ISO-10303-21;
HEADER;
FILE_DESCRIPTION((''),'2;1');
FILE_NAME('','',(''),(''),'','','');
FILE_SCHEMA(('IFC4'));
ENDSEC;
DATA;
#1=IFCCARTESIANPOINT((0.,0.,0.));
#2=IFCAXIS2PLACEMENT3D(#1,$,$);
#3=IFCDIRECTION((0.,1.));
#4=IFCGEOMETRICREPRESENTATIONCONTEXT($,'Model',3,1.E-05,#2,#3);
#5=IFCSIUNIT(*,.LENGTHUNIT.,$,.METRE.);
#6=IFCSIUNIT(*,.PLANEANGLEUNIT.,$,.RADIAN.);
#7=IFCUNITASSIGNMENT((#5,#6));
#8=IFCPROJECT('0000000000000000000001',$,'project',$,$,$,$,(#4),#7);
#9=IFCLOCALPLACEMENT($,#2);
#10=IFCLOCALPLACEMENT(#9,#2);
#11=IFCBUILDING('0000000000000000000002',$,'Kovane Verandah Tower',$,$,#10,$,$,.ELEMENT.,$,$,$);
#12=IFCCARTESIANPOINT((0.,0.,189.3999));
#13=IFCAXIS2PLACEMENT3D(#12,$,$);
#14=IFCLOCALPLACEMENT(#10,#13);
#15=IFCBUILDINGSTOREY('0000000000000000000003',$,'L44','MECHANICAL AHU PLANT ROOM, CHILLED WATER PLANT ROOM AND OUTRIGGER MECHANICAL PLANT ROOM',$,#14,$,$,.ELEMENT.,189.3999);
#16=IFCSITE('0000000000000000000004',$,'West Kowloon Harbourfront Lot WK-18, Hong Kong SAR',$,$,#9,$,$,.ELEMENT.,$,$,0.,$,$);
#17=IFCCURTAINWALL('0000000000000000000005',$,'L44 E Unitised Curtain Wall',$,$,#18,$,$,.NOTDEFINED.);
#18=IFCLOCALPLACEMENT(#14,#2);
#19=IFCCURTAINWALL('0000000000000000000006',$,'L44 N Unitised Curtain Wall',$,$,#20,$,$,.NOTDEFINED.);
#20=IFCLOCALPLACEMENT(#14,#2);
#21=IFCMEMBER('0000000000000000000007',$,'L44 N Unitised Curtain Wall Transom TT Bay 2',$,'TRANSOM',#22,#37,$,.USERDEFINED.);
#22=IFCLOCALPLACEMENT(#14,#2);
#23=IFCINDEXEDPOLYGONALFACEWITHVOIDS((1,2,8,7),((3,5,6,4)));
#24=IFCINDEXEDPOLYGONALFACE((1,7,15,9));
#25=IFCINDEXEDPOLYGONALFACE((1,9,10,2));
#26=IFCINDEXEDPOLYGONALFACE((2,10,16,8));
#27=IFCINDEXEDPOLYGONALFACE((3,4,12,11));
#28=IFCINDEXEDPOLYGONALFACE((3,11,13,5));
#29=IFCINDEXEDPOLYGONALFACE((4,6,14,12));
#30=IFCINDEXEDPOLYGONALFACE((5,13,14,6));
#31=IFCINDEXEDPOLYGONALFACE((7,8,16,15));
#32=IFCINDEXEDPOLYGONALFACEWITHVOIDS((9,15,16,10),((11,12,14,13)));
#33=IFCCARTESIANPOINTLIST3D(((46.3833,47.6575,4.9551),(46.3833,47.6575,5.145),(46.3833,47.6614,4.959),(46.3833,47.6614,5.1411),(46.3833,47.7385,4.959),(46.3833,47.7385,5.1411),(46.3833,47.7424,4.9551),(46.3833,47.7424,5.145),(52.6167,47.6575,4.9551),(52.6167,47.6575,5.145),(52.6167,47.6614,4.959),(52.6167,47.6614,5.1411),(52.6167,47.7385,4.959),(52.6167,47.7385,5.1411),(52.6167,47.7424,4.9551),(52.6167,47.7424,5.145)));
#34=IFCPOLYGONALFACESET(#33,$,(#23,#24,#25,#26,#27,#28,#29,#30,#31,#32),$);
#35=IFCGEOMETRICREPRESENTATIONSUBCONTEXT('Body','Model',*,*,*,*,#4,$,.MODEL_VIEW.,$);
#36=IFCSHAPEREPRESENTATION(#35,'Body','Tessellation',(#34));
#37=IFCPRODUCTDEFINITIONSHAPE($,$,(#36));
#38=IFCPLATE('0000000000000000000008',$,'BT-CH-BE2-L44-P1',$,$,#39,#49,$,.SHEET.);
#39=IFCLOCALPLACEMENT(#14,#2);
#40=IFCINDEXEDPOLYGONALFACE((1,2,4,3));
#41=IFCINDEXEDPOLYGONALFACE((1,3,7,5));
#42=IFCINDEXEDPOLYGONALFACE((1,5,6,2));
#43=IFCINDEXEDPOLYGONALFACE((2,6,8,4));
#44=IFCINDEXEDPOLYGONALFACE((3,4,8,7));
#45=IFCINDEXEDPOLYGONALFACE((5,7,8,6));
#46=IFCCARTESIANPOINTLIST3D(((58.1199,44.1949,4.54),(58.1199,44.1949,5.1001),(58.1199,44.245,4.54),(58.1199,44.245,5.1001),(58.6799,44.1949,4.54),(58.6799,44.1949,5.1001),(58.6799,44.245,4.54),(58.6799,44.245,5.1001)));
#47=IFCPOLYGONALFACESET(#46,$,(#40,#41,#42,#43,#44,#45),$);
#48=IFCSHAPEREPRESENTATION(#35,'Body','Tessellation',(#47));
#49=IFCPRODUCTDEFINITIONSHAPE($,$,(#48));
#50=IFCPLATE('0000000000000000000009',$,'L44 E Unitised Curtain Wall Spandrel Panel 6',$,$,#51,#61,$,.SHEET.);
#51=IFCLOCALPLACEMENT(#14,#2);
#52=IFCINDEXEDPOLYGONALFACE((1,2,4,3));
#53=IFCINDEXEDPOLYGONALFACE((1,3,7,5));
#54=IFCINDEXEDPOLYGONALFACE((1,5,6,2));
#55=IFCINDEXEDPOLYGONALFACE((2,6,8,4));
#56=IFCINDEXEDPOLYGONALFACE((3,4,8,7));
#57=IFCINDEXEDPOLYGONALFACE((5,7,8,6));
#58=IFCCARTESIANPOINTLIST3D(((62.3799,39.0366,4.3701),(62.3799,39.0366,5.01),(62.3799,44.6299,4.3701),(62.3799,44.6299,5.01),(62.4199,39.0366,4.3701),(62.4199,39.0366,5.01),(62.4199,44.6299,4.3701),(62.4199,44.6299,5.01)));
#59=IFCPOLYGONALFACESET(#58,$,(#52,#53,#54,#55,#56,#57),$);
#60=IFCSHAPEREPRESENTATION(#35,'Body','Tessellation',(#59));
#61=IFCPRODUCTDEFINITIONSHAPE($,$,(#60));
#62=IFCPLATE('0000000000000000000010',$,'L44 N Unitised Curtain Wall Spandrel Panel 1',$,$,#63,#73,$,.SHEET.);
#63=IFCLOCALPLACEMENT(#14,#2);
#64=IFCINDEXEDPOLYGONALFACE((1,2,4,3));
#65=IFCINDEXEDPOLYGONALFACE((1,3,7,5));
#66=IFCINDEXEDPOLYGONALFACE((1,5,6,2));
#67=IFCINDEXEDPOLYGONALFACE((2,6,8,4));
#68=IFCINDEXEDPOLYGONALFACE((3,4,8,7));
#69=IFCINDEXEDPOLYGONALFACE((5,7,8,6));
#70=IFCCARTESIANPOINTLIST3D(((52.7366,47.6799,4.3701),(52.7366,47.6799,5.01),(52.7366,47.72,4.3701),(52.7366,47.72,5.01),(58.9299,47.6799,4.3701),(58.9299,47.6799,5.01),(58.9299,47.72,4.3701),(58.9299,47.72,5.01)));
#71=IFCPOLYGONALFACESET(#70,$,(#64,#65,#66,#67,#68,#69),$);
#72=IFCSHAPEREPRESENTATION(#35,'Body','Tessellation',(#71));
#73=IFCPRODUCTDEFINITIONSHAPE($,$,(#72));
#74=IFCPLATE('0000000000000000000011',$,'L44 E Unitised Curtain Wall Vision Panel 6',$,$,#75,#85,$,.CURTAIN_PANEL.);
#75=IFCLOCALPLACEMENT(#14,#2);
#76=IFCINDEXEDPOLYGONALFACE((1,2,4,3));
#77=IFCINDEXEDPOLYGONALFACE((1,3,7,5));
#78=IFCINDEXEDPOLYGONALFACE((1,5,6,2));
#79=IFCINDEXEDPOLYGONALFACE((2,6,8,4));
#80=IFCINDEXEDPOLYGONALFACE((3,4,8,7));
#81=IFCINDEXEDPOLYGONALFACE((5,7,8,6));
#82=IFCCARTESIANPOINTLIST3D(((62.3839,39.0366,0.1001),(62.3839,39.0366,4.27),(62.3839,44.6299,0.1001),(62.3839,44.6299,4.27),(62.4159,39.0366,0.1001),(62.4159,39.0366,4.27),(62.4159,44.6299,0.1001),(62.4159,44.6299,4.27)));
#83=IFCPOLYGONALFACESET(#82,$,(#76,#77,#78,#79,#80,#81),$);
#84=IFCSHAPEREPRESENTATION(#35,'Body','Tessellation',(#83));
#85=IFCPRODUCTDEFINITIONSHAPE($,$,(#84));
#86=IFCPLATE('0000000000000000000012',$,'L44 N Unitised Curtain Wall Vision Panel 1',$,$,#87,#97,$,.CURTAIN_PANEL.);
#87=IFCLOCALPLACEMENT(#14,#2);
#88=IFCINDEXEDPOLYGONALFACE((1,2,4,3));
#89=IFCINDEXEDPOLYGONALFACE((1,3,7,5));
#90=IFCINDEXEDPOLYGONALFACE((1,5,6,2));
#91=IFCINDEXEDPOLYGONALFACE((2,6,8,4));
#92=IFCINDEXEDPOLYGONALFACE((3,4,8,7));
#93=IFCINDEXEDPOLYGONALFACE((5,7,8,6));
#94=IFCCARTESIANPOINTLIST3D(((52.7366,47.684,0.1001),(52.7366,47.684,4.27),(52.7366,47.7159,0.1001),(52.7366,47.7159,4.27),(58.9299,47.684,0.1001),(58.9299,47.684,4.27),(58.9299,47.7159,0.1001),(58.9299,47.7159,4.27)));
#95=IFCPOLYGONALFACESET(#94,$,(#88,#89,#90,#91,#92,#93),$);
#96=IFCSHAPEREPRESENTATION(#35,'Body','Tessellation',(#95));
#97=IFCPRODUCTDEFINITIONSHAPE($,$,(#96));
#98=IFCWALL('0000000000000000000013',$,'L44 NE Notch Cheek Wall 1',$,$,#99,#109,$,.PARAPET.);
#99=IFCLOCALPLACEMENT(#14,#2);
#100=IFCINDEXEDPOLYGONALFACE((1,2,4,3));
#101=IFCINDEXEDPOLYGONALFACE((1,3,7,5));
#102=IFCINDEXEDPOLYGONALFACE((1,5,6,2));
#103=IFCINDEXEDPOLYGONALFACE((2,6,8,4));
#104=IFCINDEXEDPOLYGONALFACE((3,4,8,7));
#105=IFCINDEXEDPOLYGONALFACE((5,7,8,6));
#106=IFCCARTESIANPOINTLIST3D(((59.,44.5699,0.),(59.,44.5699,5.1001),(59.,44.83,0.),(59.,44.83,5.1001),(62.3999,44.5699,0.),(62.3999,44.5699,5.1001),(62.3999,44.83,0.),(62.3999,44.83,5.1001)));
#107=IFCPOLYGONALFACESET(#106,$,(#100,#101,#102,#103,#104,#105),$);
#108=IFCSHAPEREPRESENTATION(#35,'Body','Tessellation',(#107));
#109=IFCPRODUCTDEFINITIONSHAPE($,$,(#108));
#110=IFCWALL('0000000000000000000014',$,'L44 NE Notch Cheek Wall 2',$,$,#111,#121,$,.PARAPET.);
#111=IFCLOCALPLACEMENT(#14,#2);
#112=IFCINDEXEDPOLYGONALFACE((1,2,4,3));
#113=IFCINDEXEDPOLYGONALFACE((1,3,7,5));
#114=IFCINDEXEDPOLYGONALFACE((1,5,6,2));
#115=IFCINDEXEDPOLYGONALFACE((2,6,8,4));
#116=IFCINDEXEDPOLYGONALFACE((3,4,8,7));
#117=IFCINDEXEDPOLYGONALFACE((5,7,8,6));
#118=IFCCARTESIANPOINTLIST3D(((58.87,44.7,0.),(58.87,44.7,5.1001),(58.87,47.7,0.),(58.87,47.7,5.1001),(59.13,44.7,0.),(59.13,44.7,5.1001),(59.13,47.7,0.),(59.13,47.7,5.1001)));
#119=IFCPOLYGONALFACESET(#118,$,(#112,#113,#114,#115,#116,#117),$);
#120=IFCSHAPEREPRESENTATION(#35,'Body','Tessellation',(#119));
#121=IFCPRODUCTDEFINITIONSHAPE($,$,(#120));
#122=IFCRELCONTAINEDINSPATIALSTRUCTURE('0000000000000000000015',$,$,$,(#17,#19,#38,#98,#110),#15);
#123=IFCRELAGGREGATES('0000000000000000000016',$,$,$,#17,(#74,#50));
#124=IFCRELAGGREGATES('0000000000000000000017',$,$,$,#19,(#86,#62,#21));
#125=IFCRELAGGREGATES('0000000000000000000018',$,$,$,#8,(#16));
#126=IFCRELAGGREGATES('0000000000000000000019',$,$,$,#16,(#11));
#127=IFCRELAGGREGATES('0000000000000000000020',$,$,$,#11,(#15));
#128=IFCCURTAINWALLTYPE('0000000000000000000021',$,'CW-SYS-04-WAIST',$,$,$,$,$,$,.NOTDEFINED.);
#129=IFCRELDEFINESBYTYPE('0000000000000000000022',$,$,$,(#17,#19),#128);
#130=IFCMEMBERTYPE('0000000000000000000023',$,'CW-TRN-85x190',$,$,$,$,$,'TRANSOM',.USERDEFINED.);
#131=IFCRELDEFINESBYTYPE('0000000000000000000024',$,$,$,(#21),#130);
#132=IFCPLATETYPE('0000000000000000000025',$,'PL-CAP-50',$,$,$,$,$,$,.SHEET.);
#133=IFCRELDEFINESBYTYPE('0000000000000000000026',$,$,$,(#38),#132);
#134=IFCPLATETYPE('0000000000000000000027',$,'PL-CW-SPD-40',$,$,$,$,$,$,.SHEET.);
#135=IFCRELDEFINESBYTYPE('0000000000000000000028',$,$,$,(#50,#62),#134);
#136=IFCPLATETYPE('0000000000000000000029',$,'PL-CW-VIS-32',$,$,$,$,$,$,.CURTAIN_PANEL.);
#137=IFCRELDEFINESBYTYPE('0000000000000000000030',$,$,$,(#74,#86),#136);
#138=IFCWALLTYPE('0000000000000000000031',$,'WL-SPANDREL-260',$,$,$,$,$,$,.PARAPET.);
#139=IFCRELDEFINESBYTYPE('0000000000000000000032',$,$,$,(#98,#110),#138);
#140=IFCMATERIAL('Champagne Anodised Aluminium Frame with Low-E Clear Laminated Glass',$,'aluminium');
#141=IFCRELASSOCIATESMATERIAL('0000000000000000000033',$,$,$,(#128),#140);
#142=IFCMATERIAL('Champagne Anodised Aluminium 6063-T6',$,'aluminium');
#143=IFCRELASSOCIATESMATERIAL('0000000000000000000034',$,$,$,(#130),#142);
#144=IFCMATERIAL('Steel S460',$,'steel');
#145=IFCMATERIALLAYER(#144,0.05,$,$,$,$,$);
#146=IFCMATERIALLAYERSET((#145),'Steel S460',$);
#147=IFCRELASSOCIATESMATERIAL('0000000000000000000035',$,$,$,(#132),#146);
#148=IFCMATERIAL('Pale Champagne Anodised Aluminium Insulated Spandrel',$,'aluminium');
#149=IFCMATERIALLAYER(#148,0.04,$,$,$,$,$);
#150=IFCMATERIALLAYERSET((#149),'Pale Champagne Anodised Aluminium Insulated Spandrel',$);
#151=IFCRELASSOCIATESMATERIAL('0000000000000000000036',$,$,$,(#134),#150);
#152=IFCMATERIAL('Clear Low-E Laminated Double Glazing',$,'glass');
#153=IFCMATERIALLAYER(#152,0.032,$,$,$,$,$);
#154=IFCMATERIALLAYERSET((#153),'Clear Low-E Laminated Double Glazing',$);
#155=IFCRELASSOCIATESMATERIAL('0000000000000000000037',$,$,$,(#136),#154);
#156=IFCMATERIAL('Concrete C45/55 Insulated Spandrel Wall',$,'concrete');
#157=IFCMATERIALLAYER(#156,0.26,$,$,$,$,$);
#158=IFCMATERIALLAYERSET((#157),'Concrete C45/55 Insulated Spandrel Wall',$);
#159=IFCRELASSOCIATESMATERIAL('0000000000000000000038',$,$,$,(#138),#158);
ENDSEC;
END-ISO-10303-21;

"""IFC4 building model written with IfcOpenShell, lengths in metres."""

from ifc_helpers import new_model, si_unit, direction, frame, frame_2d, origin, origin_2d, place, context, subcontext, project, spatial, rectangle, hollow_rectangle, extrude, material, layer, layer_set, material_profile, profile_set, type_object, element, aggregate, save


model = new_model("IFC4")

# Units and contexts
model_context = context("Model", 3, precision=1e-05, world=origin(), true_north=direction((0.0, 1.0)))
body_context = subcontext(model_context, "Body", "Model", "MODEL_VIEW")
ifc_project = project(units=[si_unit("LENGTHUNIT", "METRE"), si_unit("PLANEANGLEUNIT", "RADIAN")], contexts=[model_context])

# Site, building, storey
site_placement = place(None, origin())
site = spatial("IfcSite", under=ifc_project, at=site_placement, Name="West Kowloon Harbourfront Lot WK-18, Hong Kong SAR", CompositionType="ELEMENT", RefElevation=0.0)
building_placement = place(site_placement, origin())
building = spatial("IfcBuilding", under=site, at=building_placement, Name="Kovane Verandah Tower", CompositionType="ELEMENT")
storey_placement = place(building_placement, frame((0.0, 0.0, 189.3999)))
storey = spatial("IfcBuildingStorey", under=building, at=storey_placement, Name="L44", Description="MECHANICAL AHU PLANT ROOM, CHILLED WATER PLANT ROOM AND OUTRIGGER MECHANICAL PLANT ROOM", CompositionType="ELEMENT", Elevation=189.3999)

# Shared definitions
ifc_material_1 = material(Name="Steel S460", Category="steel")

# Curtain walls
ifc_material_2 = material(Name="Champagne Anodised Aluminium Frame with Low-E Clear Laminated Glass", Category="aluminium")
curtain_wall_type = type_object("IfcCurtainWallType", Name="CW-SYS-04-WAIST", PredefinedType="NOTDEFINED", material=ifc_material_2)
curtain_wall_1_placement = place(storey_placement, origin())
curtain_wall_1 = element("IfcCurtainWall", 1, at=curtain_wall_1_placement, inside=storey, type_object=curtain_wall_type, Name="L44 E Unitised Curtain Wall", PredefinedType="NOTDEFINED")
ifc_material_3 = material(Name="Champagne Anodised Aluminium 6063-T6", Category="aluminium")
curtain_wall_2_placement = place(storey_placement, origin())
curtain_wall_2 = element("IfcCurtainWall", 2, at=curtain_wall_2_placement, inside=storey, type_object=curtain_wall_type, Name="L44 N Unitised Curtain Wall", PredefinedType="NOTDEFINED")

# Member
ifc_material_profile_1 = material_profile(ifc_material_3, hollow_rectangle(XDim=0.085, YDim=0.1899, WallThickness=0.0039, at=origin_2d()), Name="AL85x190x4")
ifc_profile_set_1 = profile_set([ifc_material_profile_1], Name="Champagne Anodised Aluminium 6063-T6")
member_type_1 = type_object("IfcMemberType", Name="CW-TRN-85x190", ElementType="TRANSOM", PredefinedType="USERDEFINED", material=ifc_profile_set_1)
member_1_placement = place(storey_placement, frame((52.6167, 47.7, 5.05), z_axis=(-1.0, 0.0, 0.0), x_axis=(0.0, -1.0, 0.0)))
member_1 = element("IfcMember", 3, at=member_1_placement, type_object=member_type_1, Name="L44 N Unitised Curtain Wall Transom TT Bay 2", ObjectType="TRANSOM", PredefinedType="USERDEFINED", context=body_context, shape_type="SweptSolid", body=[
    extrude(hollow_rectangle(XDim=0.085, YDim=0.1899, WallThickness=0.0039, at=origin_2d()), origin(), (0.0, 0.0, 1.0), 6.2334),
])

# Plates
ifc_layer_1 = layer(ifc_material_1, 0.05)
ifc_layer_set_1 = layer_set([ifc_layer_1], Name="Steel S460")
plate_type_1 = type_object("IfcPlateType", Name="PL-CAP-50", PredefinedType="SHEET", material=ifc_layer_set_1)
plate_1_placement = place(storey_placement, frame((58.3999, 44.22, 4.54), z_axis=(0.0, 0.0, 1.0), x_axis=(0.0, 1.0, 0.0)))
element("IfcPlate", 4, at=plate_1_placement, inside=storey, type_object=plate_type_1, Name="BT-CH-BE2-L44-P1", PredefinedType="SHEET", context=body_context, shape_type="SweptSolid", body=[
    extrude(rectangle(XDim=0.05, YDim=0.5601, at=origin_2d()), origin(), (0.0, 0.0, 1.0), 0.5601),
])
ifc_material_4 = material(Name="Pale Champagne Anodised Aluminium Insulated Spandrel", Category="aluminium")
ifc_layer_2 = layer(ifc_material_4, 0.04)
ifc_layer_set_2 = layer_set([ifc_layer_2], Name="Pale Champagne Anodised Aluminium Insulated Spandrel")
plate_type_2 = type_object("IfcPlateType", Name="PL-CW-SPD-40", PredefinedType="SHEET", material=ifc_layer_set_2)
plate_2_placement = place(storey_placement, frame((62.3999, 41.8333, 4.3701), z_axis=(0.0, 0.0, 1.0), x_axis=(0.0, 1.0, 0.0)))
plate_2 = element("IfcPlate", 5, at=plate_2_placement, type_object=plate_type_2, Name="L44 E Unitised Curtain Wall Spandrel Panel 6", PredefinedType="SHEET", context=body_context, shape_type="SweptSolid", body=[
    extrude(rectangle(XDim=5.5933, YDim=0.04, at=origin_2d()), origin(), (0.0, 0.0, 1.0), 0.6399),
])
plate_3_placement = place(storey_placement, frame((55.8333, 47.7, 4.3701), z_axis=(0.0, 0.0, 1.0), x_axis=(-1.0, 0.0, 0.0)))
plate_3 = element("IfcPlate", 6, at=plate_3_placement, type_object=plate_type_2, Name="L44 N Unitised Curtain Wall Spandrel Panel 1", PredefinedType="SHEET", context=body_context, shape_type="SweptSolid", body=[
    extrude(rectangle(XDim=6.1934, YDim=0.04, at=origin_2d()), origin(), (0.0, 0.0, 1.0), 0.6399),
])
ifc_material_5 = material(Name="Clear Low-E Laminated Double Glazing", Category="glass")
ifc_layer_3 = layer(ifc_material_5, 0.032)
ifc_layer_set_3 = layer_set([ifc_layer_3], Name="Clear Low-E Laminated Double Glazing")
plate_type_3 = type_object("IfcPlateType", Name="PL-CW-VIS-32", PredefinedType="CURTAIN_PANEL", material=ifc_layer_set_3)
plate_4_placement = place(storey_placement, frame((62.3999, 41.8333, 0.1001), z_axis=(0.0, 0.0, 1.0), x_axis=(0.0, 1.0, 0.0)))
plate_4 = element("IfcPlate", 7, at=plate_4_placement, type_object=plate_type_3, Name="L44 E Unitised Curtain Wall Vision Panel 6", PredefinedType="CURTAIN_PANEL", context=body_context, shape_type="SweptSolid", body=[
    extrude(rectangle(XDim=5.5933, YDim=0.032, at=origin_2d()), origin(), (0.0, 0.0, 1.0), 4.1699),
])
aggregate(curtain_wall_1, [plate_4, plate_2])
plate_5_placement = place(storey_placement, frame((55.8333, 47.7, 0.1001), z_axis=(0.0, 0.0, 1.0), x_axis=(-1.0, 0.0, 0.0)))
plate_5 = element("IfcPlate", 8, at=plate_5_placement, type_object=plate_type_3, Name="L44 N Unitised Curtain Wall Vision Panel 1", PredefinedType="CURTAIN_PANEL", context=body_context, shape_type="SweptSolid", body=[
    extrude(rectangle(XDim=6.1934, YDim=0.032, at=origin_2d()), origin(), (0.0, 0.0, 1.0), 4.1699),
])
aggregate(curtain_wall_2, [plate_5, plate_3, member_1])

# Walls
ifc_material_6 = material(Name="Concrete C45/55 Insulated Spandrel Wall", Category="concrete")
ifc_layer_4 = layer(ifc_material_6, 0.26)
ifc_layer_set_4 = layer_set([ifc_layer_4], Name="Concrete C45/55 Insulated Spandrel Wall")
wall_type = type_object("IfcWallType", Name="WL-SPANDREL-260", PredefinedType="PARAPET", material=ifc_layer_set_4)
wall_1_placement = place(storey_placement, frame((62.3999, 44.7, 0.0), z_axis=(0.0, 0.0, 1.0), x_axis=(-1.0, 0.0, 0.0)))
element("IfcWall", 9, at=wall_1_placement, inside=storey, type_object=wall_type, Name="L44 NE Notch Cheek Wall 1", PredefinedType="PARAPET", context=body_context, shape_type="SweptSolid", body=[
    extrude(rectangle(XDim=3.3999, YDim=0.26, at=frame_2d((1.7, 0.0))), origin(), (0.0, 0.0, 1.0), 5.1001),
])
wall_2_placement = place(storey_placement, frame((59.0, 44.7, 0.0), z_axis=(0.0, 0.0, 1.0), x_axis=(0.0, 1.0, 0.0)))
element("IfcWall", 10, at=wall_2_placement, inside=storey, type_object=wall_type, Name="L44 NE Notch Cheek Wall 2", PredefinedType="PARAPET", context=body_context, shape_type="SweptSolid", body=[
    extrude(rectangle(XDim=3.0, YDim=0.26, at=frame_2d((1.5, 0.0))), origin(), (0.0, 0.0, 1.0), 5.1001),
])

save(model, "model.ifc")
